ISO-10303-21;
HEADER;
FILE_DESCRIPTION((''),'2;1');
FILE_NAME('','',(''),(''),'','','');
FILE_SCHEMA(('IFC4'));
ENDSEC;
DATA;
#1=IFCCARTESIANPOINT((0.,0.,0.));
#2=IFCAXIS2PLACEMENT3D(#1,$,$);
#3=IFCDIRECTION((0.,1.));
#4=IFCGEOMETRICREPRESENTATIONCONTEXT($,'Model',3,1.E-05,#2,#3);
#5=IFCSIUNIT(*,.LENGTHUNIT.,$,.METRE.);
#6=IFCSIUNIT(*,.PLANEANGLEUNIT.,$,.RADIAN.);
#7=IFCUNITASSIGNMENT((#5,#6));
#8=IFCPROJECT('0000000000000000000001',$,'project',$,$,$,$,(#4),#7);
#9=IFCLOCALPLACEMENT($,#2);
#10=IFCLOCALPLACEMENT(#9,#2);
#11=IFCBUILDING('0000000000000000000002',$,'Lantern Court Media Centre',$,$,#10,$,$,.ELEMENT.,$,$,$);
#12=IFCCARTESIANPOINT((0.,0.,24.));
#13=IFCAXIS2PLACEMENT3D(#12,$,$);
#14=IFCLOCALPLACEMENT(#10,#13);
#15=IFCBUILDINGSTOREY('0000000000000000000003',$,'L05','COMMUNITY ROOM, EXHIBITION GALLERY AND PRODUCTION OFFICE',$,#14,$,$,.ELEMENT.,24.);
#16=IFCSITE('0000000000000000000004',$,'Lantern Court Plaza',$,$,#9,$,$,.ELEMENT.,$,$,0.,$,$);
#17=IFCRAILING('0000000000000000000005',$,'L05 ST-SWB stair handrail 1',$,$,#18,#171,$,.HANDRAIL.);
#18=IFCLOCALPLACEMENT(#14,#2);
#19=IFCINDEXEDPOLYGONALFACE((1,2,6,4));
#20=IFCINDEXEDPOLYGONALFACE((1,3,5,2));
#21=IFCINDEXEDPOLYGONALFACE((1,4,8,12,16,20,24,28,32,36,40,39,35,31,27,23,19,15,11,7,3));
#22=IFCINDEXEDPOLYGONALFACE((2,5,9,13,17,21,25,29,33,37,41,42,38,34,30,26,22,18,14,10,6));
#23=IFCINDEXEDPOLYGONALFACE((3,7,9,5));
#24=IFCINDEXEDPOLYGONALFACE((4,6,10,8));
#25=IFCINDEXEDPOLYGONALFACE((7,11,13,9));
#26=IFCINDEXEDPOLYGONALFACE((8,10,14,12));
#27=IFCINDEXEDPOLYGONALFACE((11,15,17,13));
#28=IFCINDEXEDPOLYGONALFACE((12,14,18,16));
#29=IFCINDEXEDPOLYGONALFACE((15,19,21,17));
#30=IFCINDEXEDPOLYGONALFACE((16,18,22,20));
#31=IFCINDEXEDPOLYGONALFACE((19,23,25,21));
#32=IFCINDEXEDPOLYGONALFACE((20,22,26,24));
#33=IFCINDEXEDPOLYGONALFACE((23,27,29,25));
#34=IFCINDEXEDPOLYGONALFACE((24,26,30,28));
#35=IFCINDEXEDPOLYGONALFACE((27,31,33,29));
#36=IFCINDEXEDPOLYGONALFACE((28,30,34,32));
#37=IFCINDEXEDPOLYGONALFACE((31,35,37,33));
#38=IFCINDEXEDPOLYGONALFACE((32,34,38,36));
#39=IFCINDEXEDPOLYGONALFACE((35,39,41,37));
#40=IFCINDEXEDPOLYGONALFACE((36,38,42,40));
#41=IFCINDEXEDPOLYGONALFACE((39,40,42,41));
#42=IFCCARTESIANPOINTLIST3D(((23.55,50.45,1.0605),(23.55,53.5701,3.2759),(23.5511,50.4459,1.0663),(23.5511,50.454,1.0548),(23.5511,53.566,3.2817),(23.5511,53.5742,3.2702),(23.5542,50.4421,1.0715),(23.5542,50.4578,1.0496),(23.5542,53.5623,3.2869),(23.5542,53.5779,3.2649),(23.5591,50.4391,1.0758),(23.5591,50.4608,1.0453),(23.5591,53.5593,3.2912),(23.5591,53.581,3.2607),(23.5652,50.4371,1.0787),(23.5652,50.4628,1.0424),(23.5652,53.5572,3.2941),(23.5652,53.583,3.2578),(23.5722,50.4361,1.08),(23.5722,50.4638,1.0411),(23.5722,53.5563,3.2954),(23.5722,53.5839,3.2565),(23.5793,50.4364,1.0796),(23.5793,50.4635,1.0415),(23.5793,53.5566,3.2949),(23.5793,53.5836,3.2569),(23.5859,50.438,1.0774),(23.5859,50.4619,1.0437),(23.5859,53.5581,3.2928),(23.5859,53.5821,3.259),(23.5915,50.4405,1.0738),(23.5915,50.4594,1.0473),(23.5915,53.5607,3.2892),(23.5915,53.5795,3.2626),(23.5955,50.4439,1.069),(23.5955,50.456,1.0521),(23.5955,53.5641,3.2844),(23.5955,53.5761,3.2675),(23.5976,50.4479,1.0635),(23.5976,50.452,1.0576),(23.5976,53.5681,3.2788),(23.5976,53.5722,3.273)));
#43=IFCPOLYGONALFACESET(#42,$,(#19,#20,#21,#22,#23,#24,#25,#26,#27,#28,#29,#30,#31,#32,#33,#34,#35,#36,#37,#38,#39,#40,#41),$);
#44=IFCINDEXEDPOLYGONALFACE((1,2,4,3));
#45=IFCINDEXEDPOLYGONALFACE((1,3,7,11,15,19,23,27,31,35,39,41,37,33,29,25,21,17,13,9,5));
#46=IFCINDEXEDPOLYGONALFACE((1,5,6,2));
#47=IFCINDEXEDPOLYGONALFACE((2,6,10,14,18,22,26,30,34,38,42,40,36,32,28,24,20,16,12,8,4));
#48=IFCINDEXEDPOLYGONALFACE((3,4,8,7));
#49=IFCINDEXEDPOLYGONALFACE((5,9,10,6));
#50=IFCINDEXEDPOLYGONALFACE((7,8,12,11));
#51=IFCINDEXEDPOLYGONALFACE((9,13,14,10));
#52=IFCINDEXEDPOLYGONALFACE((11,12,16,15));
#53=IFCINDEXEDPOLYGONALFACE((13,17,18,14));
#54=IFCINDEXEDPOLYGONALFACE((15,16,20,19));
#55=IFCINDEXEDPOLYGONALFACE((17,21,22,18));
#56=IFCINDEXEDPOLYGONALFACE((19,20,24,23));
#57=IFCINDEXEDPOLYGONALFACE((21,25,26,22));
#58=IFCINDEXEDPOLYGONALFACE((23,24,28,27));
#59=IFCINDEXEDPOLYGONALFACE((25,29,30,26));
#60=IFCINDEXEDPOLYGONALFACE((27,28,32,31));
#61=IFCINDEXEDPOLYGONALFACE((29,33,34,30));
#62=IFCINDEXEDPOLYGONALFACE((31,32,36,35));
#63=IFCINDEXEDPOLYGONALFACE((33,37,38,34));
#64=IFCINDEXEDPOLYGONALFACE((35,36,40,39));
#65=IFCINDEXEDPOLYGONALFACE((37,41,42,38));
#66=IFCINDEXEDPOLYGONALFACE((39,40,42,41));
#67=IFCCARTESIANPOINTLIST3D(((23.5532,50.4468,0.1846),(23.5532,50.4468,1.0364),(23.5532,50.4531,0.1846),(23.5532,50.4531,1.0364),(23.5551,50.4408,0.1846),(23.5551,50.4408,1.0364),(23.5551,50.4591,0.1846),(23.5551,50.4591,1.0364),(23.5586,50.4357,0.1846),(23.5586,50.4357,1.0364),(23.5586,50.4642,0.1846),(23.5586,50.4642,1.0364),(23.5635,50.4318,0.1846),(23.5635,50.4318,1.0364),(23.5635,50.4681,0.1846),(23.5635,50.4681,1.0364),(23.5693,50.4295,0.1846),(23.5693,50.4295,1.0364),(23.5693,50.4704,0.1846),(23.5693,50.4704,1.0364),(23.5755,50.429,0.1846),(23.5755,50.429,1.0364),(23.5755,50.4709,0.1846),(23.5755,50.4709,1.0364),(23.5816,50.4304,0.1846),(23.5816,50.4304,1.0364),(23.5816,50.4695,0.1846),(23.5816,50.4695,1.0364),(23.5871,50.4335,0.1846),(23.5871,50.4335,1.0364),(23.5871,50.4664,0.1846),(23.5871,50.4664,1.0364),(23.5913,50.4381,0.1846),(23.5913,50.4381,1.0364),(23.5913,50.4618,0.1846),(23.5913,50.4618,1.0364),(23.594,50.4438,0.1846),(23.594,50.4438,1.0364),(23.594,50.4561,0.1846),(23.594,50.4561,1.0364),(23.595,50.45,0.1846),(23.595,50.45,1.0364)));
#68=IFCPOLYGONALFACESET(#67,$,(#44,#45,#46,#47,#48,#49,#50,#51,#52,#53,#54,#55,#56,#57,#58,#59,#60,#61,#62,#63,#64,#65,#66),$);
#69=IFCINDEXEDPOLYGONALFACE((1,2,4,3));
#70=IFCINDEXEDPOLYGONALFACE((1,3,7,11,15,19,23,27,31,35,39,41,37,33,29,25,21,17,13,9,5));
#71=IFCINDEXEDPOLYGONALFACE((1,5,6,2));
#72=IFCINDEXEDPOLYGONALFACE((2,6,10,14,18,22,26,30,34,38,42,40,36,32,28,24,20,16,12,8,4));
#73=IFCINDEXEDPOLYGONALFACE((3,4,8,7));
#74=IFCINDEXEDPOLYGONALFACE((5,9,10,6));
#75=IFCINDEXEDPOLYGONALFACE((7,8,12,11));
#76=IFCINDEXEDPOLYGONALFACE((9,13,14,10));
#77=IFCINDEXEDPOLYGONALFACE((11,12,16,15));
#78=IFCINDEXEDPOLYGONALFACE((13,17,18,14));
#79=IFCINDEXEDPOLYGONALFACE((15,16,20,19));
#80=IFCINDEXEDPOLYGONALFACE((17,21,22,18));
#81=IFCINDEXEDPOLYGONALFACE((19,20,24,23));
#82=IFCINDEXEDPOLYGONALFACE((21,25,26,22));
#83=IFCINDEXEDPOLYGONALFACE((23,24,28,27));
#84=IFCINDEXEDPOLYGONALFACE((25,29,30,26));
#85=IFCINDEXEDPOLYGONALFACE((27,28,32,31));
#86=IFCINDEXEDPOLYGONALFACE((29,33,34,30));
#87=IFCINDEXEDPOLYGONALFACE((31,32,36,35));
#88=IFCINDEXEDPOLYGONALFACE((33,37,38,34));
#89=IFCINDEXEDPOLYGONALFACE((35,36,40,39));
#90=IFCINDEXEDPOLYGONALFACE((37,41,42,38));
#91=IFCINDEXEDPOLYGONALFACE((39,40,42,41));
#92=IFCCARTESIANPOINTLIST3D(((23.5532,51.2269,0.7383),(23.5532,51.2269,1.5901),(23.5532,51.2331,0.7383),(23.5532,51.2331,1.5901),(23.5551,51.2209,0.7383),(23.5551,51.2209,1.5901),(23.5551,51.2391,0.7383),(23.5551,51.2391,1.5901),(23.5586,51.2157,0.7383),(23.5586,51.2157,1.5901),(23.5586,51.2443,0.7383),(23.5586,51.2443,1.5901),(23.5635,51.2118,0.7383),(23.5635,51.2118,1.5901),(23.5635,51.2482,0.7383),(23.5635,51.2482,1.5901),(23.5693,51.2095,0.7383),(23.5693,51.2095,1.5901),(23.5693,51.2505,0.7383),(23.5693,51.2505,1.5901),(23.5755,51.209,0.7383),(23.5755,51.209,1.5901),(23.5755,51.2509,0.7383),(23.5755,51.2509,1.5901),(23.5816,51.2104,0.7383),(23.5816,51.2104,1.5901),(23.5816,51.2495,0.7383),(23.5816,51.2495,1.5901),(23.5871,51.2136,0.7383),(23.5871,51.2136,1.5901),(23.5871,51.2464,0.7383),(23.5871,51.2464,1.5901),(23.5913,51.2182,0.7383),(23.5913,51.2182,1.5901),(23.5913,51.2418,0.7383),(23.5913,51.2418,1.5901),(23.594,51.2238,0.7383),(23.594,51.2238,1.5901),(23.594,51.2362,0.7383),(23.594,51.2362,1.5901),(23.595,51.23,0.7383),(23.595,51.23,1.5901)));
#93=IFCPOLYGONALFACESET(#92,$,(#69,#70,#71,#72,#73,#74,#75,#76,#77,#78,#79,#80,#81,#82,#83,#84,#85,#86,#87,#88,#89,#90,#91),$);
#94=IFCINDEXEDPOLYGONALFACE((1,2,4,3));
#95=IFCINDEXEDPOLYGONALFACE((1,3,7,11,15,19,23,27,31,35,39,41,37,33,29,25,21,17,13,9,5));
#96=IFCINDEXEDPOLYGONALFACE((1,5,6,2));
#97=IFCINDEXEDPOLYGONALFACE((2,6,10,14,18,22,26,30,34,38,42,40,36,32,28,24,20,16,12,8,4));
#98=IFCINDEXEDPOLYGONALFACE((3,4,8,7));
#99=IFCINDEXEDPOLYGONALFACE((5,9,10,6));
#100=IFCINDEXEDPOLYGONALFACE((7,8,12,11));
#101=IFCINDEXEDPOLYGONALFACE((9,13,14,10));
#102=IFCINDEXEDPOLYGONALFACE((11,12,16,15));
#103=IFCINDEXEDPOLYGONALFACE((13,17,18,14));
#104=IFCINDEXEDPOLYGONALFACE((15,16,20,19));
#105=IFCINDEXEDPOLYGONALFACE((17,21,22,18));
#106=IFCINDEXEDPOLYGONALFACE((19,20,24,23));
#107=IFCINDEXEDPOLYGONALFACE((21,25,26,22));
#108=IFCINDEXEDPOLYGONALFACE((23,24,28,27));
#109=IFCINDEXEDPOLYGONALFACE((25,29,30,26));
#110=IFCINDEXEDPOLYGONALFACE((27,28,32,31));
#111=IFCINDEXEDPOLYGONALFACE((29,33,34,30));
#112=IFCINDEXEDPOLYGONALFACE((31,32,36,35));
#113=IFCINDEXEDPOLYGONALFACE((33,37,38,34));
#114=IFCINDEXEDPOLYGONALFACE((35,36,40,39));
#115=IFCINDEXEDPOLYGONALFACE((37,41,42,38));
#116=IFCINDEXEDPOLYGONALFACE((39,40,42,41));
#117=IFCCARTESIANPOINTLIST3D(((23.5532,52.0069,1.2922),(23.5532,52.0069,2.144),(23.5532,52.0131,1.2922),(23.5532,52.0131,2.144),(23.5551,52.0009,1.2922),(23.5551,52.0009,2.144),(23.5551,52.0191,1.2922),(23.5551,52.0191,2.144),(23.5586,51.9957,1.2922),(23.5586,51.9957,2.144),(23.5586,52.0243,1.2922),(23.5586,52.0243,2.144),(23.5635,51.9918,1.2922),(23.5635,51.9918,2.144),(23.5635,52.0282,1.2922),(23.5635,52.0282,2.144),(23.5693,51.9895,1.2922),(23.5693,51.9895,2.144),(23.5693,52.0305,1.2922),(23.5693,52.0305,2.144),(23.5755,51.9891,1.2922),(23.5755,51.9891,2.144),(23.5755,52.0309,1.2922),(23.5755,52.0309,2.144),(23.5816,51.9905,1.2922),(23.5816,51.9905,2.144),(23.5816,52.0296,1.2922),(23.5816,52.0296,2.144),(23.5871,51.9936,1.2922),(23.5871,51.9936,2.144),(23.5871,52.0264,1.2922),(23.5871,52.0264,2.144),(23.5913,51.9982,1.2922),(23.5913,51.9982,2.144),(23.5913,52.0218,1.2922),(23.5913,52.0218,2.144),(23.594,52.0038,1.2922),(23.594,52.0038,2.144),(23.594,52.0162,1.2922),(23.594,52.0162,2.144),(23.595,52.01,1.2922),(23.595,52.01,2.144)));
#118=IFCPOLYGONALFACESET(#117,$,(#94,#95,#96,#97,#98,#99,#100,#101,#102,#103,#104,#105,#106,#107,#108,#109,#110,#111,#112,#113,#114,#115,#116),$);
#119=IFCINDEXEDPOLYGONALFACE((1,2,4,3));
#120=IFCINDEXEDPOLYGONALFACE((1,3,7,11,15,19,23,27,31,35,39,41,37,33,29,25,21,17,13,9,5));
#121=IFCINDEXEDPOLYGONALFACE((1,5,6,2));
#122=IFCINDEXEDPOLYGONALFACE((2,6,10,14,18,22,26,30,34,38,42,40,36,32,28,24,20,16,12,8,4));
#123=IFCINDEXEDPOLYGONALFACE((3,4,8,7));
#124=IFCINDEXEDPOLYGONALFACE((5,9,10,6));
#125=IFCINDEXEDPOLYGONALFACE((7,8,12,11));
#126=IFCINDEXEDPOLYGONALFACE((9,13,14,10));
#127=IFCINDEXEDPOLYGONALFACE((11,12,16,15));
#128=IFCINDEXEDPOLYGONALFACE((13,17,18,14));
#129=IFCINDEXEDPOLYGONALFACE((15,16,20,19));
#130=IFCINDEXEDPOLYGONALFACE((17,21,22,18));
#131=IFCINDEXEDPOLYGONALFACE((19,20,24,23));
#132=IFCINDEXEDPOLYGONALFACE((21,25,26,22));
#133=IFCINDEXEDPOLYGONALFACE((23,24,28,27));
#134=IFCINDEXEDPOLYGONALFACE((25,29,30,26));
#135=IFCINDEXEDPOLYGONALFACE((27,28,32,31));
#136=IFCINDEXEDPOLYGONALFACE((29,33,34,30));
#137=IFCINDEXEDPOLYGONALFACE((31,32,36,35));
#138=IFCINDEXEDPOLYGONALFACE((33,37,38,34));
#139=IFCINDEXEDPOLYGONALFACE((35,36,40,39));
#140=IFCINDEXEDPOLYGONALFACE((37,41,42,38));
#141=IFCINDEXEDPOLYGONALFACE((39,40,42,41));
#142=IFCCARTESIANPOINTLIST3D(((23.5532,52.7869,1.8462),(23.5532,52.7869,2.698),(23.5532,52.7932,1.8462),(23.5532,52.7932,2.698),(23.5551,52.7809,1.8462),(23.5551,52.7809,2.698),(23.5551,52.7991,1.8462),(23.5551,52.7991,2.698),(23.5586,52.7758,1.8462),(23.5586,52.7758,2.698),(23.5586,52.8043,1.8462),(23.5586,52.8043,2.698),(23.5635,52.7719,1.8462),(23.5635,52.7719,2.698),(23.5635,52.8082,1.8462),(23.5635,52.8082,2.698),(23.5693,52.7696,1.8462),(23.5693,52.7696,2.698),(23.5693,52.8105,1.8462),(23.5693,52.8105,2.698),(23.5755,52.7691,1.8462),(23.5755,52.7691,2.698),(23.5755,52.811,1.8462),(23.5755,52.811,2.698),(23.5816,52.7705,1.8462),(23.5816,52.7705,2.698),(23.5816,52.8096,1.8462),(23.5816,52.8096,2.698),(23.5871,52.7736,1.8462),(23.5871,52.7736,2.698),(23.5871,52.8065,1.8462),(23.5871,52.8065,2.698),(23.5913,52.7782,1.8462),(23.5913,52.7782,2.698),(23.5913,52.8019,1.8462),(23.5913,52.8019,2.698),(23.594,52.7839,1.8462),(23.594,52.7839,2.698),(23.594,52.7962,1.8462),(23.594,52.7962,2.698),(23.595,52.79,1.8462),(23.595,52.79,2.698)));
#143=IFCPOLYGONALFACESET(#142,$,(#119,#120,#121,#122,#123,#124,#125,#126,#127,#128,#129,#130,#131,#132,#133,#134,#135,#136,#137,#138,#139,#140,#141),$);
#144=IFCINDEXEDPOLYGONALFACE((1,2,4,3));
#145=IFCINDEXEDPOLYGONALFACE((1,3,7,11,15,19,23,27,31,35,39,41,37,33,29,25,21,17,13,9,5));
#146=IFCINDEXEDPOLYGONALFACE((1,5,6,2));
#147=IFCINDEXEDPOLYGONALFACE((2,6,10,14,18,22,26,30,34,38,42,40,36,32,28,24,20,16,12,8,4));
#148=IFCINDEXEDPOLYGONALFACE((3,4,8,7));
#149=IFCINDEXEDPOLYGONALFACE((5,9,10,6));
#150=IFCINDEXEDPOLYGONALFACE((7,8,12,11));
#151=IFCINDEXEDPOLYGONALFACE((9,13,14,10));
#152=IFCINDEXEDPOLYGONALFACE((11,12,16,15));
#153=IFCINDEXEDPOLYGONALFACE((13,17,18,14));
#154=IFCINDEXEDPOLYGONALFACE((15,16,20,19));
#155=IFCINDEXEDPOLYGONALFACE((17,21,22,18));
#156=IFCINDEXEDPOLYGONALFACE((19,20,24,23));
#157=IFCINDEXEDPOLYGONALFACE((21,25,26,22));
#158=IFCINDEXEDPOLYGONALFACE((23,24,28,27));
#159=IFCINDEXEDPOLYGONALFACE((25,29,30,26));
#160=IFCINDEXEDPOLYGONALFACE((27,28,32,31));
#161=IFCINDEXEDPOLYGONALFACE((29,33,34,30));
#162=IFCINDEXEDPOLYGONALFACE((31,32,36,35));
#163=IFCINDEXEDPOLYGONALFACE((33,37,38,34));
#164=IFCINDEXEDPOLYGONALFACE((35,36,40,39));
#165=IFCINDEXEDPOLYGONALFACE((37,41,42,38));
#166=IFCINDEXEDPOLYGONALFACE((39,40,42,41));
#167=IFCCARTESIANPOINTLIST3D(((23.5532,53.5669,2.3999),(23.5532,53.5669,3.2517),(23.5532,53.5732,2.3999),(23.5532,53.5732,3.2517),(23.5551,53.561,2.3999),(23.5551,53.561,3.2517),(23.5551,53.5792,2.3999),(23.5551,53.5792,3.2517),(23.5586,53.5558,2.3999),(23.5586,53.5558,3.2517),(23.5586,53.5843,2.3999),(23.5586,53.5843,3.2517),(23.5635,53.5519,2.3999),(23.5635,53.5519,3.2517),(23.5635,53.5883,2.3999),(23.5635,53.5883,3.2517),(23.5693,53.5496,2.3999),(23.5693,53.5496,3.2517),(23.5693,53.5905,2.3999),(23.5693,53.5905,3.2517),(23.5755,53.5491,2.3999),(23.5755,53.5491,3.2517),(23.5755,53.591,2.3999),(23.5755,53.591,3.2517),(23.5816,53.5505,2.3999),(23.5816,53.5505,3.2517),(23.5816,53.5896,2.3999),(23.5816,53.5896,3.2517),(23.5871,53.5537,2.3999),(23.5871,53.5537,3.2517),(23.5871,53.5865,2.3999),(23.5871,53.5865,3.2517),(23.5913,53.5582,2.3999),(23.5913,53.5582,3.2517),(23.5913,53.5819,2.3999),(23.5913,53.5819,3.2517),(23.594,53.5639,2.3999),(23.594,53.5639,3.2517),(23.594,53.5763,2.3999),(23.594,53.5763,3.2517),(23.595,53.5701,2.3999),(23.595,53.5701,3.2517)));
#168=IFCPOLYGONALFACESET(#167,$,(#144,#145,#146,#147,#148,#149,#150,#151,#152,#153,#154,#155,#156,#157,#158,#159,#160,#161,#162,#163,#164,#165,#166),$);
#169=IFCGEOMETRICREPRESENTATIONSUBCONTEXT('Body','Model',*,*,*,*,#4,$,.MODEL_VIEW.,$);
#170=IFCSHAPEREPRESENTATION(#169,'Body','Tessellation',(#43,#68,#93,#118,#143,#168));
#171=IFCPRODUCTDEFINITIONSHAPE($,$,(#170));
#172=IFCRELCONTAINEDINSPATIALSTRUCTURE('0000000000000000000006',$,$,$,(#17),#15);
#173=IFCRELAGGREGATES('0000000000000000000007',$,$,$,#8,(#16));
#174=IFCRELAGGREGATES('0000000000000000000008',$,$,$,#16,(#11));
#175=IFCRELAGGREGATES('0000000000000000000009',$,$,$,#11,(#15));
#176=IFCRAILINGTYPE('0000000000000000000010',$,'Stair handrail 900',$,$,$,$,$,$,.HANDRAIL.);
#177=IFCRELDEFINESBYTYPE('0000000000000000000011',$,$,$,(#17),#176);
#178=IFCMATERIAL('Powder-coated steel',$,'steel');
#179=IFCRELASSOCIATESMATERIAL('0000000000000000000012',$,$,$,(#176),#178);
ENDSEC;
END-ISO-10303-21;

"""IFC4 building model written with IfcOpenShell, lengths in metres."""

from ifc_helpers import new_model, si_unit, direction, frame, origin, origin_2d, place, context, subcontext, project, spatial, circle, extrude, material, type_object, element, save


model = new_model("IFC4")

# Units and contexts
model_context = context("Model", 3, precision=1e-05, world=origin(), true_north=direction((0.0, 1.0)))
body_context = subcontext(model_context, "Body", "Model", "MODEL_VIEW")
ifc_project = project(units=[si_unit("LENGTHUNIT", "METRE"), si_unit("PLANEANGLEUNIT", "RADIAN")], contexts=[model_context])

# Site, building, storey
site_placement = place(None, origin())
site = spatial("IfcSite", under=ifc_project, at=site_placement, Name="Lantern Court Plaza", CompositionType="ELEMENT", RefElevation=0.0)
building_placement = place(site_placement, origin())
building = spatial("IfcBuilding", under=site, at=building_placement, Name="Lantern Court Media Centre", CompositionType="ELEMENT")
storey_placement = place(building_placement, frame((0.0, 0.0, 24.0)))
storey = spatial("IfcBuildingStorey", under=building, at=storey_placement, Name="L05", Description="COMMUNITY ROOM, EXHIBITION GALLERY AND PRODUCTION OFFICE", CompositionType="ELEMENT", Elevation=24.0)

# Railing
ifc_material_1 = material(Name="Powder-coated steel", Category="steel")
railing_type_1 = type_object("IfcRailingType", Name="Stair handrail 900", PredefinedType="HANDRAIL", material=ifc_material_1)
railing_1_placement = place(storey_placement, frame((23.574, 50.45, 0.1846)))
element("IfcRailing", 1, at=railing_1_placement, inside=storey, type_object=railing_type_1, Name="L05 ST-SWB stair handrail 1", PredefinedType="HANDRAIL", context=body_context, shape_type="SweptSolid", body=[
    extrude(circle(Radius=0.0239, at=origin_2d()), frame((0.0, 0.0, 0.876), z_axis=(0.0, 0.815377, 0.57893), x_axis=(-1.0, 0.0, 0.0)), (0.0, 0.0, 1.0), 3.8267),
    extrude(circle(Radius=0.021, at=origin_2d()), origin(), (0.0, 0.0, 1.0), 0.8518),
    extrude(circle(Radius=0.021, at=origin_2d()), frame((0.0, 0.78, 0.5537)), (0.0, 0.0, 1.0), 0.8518),
    extrude(circle(Radius=0.021, at=origin_2d()), frame((0.0, 1.5601, 1.1077)), (0.0, 0.0, 1.0), 0.8518),
    extrude(circle(Radius=0.021, at=origin_2d()), frame((0.0, 2.3401, 1.6616)), (0.0, 0.0, 1.0), 0.8518),
    extrude(circle(Radius=0.021, at=origin_2d()), frame((0.0, 3.1201, 2.2153)), (0.0, 0.0, 1.0), 0.8518),
])

save(model, "model.ifc")
